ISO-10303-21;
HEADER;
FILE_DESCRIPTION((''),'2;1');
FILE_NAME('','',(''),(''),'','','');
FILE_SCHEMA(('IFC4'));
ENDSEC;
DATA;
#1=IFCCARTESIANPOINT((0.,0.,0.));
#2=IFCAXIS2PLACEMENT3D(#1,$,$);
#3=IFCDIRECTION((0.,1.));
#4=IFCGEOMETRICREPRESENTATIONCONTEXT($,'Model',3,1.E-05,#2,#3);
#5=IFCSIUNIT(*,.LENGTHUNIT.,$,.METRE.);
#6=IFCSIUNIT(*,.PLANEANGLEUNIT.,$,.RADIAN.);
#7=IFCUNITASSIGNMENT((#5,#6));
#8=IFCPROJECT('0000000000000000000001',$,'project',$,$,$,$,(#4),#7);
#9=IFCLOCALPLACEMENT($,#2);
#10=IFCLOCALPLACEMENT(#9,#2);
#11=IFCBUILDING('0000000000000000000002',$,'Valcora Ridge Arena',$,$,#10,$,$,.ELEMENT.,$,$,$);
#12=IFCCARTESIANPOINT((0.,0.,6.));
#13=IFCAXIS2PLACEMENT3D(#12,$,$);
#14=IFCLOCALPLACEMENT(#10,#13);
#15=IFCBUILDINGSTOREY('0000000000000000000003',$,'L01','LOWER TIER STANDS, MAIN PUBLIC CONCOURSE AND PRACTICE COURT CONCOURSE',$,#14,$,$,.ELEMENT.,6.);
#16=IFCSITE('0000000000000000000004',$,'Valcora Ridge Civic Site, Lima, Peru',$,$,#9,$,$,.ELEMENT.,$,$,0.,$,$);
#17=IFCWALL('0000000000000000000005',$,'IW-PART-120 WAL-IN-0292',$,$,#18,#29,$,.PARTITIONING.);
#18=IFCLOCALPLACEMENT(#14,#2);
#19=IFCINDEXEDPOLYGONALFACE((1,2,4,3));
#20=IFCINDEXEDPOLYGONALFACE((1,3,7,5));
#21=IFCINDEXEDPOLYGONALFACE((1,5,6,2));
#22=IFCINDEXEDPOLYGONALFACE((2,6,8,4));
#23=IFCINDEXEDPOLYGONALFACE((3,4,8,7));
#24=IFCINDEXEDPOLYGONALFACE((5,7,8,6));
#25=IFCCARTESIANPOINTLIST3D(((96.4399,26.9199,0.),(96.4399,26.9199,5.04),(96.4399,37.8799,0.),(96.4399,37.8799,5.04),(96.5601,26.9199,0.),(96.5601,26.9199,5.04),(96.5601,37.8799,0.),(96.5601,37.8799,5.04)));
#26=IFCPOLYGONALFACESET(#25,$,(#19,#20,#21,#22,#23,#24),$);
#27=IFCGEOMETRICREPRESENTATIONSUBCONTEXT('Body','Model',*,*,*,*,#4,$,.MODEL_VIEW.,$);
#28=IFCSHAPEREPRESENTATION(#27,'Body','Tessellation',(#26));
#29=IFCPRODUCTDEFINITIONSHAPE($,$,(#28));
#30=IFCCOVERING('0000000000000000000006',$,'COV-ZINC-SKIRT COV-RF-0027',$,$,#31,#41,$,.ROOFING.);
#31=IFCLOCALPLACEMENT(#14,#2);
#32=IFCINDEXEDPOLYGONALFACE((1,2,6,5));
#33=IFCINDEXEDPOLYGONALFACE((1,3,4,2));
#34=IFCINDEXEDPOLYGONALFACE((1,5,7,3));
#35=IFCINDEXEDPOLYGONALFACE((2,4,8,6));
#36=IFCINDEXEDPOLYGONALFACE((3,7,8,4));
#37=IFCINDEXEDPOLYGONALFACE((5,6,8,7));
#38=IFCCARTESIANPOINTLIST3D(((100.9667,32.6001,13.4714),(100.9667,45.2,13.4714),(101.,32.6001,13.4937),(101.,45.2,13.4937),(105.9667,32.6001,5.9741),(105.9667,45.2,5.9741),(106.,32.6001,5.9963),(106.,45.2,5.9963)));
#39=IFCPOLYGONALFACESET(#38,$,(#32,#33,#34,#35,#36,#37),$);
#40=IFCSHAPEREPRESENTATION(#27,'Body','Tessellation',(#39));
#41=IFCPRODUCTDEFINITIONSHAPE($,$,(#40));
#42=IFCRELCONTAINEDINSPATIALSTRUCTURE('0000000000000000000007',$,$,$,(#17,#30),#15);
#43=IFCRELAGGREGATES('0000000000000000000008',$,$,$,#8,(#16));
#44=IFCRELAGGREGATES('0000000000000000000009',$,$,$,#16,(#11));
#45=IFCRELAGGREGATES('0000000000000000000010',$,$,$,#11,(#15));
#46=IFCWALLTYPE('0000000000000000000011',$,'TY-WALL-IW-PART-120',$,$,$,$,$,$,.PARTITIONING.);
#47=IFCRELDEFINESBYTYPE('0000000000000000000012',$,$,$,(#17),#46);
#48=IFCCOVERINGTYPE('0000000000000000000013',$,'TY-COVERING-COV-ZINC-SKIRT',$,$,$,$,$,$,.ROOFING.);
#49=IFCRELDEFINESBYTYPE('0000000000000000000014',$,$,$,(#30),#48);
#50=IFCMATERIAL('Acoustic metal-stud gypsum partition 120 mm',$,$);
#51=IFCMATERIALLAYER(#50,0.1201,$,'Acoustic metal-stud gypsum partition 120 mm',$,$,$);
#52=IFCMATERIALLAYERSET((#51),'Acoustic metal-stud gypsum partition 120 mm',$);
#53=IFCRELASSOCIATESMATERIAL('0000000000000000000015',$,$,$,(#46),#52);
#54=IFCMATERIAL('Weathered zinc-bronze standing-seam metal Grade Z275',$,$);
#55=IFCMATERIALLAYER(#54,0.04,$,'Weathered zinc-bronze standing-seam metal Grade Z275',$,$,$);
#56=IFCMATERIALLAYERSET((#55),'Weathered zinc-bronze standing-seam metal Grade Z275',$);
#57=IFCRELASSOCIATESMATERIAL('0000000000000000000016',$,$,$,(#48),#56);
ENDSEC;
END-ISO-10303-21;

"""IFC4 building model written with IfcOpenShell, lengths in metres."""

from ifc_helpers import new_model, si_unit, direction, frame, frame_2d, origin, place, context, subcontext, project, spatial, polyline, rectangle, outline, extrude, material, layer, layer_set, type_object, element, save


model = new_model("IFC4")

# Units and contexts
model_context = context("Model", 3, precision=1e-05, world=origin(), true_north=direction((0.0, 1.0)))
body_context = subcontext(model_context, "Body", "Model", "MODEL_VIEW")
ifc_project = project(units=[si_unit("LENGTHUNIT", "METRE"), si_unit("PLANEANGLEUNIT", "RADIAN")], contexts=[model_context])

# Site, building, storey
site_placement = place(None, origin())
site = spatial("IfcSite", under=ifc_project, at=site_placement, Name="Valcora Ridge Civic Site, Lima, Peru", CompositionType="ELEMENT", RefElevation=0.0)
building_placement = place(site_placement, origin())
building = spatial("IfcBuilding", under=site, at=building_placement, Name="Valcora Ridge Arena", CompositionType="ELEMENT")
storey_placement = place(building_placement, frame((0.0, 0.0, 6.0)))
storey = spatial("IfcBuildingStorey", under=building, at=storey_placement, Name="L01", Description="LOWER TIER STANDS, MAIN PUBLIC CONCOURSE AND PRACTICE COURT CONCOURSE", CompositionType="ELEMENT", Elevation=6.0)

# Wall
ifc_material_1 = material(Name="Acoustic metal-stud gypsum partition 120 mm")
ifc_layer_1 = layer(ifc_material_1, 0.1201, Name="Acoustic metal-stud gypsum partition 120 mm")
ifc_layer_set_1 = layer_set([ifc_layer_1], Name="Acoustic metal-stud gypsum partition 120 mm")
wall_type = type_object("IfcWallType", Name="TY-WALL-IW-PART-120", PredefinedType="PARTITIONING", material=ifc_layer_set_1)
wall_placement = place(storey_placement, frame((96.5, 26.9199, 0.0), z_axis=(0.0, 0.0, 1.0), x_axis=(0.0, 1.0, 0.0)))
element("IfcWall", 1, at=wall_placement, inside=storey, type_object=wall_type, Name="IW-PART-120 WAL-IN-0292", PredefinedType="PARTITIONING", context=body_context, shape_type="SweptSolid", body=[
    extrude(rectangle(XDim=10.96, YDim=0.1201, at=frame_2d((5.48, 0.0))), origin(), (0.0, 0.0, 1.0), 5.04),
])

# Covering
ifc_material_2 = material(Name="Weathered zinc-bronze standing-seam metal Grade Z275")
ifc_layer_2 = layer(ifc_material_2, 0.04, Name="Weathered zinc-bronze standing-seam metal Grade Z275")
ifc_layer_set_2 = layer_set([ifc_layer_2], Name="Weathered zinc-bronze standing-seam metal Grade Z275")
covering_type = type_object("IfcCoveringType", Name="TY-COVERING-COV-ZINC-SKIRT", PredefinedType="ROOFING", material=ifc_layer_set_2)
covering_placement = place(storey_placement, frame((101.0, 32.6001, 13.4937), z_axis=(0.831959, 0.0, 0.554838), x_axis=(0.554838, 0.0, -0.831959)))
element("IfcCovering", 2, at=covering_placement, inside=storey, type_object=covering_type, Name="COV-ZINC-SKIRT COV-RF-0027", PredefinedType="ROOFING", context=body_context, shape_type="SweptSolid", body=[
    extrude(outline(polyline([(0.0, 0.0), (9.0116, 0.0), (9.0116, 12.5999), (0.0, 12.5999), (0.0, 0.0)])), origin(), (0.0, 0.0, -1.0), 0.04),
])

save(model, "model.ifc")
